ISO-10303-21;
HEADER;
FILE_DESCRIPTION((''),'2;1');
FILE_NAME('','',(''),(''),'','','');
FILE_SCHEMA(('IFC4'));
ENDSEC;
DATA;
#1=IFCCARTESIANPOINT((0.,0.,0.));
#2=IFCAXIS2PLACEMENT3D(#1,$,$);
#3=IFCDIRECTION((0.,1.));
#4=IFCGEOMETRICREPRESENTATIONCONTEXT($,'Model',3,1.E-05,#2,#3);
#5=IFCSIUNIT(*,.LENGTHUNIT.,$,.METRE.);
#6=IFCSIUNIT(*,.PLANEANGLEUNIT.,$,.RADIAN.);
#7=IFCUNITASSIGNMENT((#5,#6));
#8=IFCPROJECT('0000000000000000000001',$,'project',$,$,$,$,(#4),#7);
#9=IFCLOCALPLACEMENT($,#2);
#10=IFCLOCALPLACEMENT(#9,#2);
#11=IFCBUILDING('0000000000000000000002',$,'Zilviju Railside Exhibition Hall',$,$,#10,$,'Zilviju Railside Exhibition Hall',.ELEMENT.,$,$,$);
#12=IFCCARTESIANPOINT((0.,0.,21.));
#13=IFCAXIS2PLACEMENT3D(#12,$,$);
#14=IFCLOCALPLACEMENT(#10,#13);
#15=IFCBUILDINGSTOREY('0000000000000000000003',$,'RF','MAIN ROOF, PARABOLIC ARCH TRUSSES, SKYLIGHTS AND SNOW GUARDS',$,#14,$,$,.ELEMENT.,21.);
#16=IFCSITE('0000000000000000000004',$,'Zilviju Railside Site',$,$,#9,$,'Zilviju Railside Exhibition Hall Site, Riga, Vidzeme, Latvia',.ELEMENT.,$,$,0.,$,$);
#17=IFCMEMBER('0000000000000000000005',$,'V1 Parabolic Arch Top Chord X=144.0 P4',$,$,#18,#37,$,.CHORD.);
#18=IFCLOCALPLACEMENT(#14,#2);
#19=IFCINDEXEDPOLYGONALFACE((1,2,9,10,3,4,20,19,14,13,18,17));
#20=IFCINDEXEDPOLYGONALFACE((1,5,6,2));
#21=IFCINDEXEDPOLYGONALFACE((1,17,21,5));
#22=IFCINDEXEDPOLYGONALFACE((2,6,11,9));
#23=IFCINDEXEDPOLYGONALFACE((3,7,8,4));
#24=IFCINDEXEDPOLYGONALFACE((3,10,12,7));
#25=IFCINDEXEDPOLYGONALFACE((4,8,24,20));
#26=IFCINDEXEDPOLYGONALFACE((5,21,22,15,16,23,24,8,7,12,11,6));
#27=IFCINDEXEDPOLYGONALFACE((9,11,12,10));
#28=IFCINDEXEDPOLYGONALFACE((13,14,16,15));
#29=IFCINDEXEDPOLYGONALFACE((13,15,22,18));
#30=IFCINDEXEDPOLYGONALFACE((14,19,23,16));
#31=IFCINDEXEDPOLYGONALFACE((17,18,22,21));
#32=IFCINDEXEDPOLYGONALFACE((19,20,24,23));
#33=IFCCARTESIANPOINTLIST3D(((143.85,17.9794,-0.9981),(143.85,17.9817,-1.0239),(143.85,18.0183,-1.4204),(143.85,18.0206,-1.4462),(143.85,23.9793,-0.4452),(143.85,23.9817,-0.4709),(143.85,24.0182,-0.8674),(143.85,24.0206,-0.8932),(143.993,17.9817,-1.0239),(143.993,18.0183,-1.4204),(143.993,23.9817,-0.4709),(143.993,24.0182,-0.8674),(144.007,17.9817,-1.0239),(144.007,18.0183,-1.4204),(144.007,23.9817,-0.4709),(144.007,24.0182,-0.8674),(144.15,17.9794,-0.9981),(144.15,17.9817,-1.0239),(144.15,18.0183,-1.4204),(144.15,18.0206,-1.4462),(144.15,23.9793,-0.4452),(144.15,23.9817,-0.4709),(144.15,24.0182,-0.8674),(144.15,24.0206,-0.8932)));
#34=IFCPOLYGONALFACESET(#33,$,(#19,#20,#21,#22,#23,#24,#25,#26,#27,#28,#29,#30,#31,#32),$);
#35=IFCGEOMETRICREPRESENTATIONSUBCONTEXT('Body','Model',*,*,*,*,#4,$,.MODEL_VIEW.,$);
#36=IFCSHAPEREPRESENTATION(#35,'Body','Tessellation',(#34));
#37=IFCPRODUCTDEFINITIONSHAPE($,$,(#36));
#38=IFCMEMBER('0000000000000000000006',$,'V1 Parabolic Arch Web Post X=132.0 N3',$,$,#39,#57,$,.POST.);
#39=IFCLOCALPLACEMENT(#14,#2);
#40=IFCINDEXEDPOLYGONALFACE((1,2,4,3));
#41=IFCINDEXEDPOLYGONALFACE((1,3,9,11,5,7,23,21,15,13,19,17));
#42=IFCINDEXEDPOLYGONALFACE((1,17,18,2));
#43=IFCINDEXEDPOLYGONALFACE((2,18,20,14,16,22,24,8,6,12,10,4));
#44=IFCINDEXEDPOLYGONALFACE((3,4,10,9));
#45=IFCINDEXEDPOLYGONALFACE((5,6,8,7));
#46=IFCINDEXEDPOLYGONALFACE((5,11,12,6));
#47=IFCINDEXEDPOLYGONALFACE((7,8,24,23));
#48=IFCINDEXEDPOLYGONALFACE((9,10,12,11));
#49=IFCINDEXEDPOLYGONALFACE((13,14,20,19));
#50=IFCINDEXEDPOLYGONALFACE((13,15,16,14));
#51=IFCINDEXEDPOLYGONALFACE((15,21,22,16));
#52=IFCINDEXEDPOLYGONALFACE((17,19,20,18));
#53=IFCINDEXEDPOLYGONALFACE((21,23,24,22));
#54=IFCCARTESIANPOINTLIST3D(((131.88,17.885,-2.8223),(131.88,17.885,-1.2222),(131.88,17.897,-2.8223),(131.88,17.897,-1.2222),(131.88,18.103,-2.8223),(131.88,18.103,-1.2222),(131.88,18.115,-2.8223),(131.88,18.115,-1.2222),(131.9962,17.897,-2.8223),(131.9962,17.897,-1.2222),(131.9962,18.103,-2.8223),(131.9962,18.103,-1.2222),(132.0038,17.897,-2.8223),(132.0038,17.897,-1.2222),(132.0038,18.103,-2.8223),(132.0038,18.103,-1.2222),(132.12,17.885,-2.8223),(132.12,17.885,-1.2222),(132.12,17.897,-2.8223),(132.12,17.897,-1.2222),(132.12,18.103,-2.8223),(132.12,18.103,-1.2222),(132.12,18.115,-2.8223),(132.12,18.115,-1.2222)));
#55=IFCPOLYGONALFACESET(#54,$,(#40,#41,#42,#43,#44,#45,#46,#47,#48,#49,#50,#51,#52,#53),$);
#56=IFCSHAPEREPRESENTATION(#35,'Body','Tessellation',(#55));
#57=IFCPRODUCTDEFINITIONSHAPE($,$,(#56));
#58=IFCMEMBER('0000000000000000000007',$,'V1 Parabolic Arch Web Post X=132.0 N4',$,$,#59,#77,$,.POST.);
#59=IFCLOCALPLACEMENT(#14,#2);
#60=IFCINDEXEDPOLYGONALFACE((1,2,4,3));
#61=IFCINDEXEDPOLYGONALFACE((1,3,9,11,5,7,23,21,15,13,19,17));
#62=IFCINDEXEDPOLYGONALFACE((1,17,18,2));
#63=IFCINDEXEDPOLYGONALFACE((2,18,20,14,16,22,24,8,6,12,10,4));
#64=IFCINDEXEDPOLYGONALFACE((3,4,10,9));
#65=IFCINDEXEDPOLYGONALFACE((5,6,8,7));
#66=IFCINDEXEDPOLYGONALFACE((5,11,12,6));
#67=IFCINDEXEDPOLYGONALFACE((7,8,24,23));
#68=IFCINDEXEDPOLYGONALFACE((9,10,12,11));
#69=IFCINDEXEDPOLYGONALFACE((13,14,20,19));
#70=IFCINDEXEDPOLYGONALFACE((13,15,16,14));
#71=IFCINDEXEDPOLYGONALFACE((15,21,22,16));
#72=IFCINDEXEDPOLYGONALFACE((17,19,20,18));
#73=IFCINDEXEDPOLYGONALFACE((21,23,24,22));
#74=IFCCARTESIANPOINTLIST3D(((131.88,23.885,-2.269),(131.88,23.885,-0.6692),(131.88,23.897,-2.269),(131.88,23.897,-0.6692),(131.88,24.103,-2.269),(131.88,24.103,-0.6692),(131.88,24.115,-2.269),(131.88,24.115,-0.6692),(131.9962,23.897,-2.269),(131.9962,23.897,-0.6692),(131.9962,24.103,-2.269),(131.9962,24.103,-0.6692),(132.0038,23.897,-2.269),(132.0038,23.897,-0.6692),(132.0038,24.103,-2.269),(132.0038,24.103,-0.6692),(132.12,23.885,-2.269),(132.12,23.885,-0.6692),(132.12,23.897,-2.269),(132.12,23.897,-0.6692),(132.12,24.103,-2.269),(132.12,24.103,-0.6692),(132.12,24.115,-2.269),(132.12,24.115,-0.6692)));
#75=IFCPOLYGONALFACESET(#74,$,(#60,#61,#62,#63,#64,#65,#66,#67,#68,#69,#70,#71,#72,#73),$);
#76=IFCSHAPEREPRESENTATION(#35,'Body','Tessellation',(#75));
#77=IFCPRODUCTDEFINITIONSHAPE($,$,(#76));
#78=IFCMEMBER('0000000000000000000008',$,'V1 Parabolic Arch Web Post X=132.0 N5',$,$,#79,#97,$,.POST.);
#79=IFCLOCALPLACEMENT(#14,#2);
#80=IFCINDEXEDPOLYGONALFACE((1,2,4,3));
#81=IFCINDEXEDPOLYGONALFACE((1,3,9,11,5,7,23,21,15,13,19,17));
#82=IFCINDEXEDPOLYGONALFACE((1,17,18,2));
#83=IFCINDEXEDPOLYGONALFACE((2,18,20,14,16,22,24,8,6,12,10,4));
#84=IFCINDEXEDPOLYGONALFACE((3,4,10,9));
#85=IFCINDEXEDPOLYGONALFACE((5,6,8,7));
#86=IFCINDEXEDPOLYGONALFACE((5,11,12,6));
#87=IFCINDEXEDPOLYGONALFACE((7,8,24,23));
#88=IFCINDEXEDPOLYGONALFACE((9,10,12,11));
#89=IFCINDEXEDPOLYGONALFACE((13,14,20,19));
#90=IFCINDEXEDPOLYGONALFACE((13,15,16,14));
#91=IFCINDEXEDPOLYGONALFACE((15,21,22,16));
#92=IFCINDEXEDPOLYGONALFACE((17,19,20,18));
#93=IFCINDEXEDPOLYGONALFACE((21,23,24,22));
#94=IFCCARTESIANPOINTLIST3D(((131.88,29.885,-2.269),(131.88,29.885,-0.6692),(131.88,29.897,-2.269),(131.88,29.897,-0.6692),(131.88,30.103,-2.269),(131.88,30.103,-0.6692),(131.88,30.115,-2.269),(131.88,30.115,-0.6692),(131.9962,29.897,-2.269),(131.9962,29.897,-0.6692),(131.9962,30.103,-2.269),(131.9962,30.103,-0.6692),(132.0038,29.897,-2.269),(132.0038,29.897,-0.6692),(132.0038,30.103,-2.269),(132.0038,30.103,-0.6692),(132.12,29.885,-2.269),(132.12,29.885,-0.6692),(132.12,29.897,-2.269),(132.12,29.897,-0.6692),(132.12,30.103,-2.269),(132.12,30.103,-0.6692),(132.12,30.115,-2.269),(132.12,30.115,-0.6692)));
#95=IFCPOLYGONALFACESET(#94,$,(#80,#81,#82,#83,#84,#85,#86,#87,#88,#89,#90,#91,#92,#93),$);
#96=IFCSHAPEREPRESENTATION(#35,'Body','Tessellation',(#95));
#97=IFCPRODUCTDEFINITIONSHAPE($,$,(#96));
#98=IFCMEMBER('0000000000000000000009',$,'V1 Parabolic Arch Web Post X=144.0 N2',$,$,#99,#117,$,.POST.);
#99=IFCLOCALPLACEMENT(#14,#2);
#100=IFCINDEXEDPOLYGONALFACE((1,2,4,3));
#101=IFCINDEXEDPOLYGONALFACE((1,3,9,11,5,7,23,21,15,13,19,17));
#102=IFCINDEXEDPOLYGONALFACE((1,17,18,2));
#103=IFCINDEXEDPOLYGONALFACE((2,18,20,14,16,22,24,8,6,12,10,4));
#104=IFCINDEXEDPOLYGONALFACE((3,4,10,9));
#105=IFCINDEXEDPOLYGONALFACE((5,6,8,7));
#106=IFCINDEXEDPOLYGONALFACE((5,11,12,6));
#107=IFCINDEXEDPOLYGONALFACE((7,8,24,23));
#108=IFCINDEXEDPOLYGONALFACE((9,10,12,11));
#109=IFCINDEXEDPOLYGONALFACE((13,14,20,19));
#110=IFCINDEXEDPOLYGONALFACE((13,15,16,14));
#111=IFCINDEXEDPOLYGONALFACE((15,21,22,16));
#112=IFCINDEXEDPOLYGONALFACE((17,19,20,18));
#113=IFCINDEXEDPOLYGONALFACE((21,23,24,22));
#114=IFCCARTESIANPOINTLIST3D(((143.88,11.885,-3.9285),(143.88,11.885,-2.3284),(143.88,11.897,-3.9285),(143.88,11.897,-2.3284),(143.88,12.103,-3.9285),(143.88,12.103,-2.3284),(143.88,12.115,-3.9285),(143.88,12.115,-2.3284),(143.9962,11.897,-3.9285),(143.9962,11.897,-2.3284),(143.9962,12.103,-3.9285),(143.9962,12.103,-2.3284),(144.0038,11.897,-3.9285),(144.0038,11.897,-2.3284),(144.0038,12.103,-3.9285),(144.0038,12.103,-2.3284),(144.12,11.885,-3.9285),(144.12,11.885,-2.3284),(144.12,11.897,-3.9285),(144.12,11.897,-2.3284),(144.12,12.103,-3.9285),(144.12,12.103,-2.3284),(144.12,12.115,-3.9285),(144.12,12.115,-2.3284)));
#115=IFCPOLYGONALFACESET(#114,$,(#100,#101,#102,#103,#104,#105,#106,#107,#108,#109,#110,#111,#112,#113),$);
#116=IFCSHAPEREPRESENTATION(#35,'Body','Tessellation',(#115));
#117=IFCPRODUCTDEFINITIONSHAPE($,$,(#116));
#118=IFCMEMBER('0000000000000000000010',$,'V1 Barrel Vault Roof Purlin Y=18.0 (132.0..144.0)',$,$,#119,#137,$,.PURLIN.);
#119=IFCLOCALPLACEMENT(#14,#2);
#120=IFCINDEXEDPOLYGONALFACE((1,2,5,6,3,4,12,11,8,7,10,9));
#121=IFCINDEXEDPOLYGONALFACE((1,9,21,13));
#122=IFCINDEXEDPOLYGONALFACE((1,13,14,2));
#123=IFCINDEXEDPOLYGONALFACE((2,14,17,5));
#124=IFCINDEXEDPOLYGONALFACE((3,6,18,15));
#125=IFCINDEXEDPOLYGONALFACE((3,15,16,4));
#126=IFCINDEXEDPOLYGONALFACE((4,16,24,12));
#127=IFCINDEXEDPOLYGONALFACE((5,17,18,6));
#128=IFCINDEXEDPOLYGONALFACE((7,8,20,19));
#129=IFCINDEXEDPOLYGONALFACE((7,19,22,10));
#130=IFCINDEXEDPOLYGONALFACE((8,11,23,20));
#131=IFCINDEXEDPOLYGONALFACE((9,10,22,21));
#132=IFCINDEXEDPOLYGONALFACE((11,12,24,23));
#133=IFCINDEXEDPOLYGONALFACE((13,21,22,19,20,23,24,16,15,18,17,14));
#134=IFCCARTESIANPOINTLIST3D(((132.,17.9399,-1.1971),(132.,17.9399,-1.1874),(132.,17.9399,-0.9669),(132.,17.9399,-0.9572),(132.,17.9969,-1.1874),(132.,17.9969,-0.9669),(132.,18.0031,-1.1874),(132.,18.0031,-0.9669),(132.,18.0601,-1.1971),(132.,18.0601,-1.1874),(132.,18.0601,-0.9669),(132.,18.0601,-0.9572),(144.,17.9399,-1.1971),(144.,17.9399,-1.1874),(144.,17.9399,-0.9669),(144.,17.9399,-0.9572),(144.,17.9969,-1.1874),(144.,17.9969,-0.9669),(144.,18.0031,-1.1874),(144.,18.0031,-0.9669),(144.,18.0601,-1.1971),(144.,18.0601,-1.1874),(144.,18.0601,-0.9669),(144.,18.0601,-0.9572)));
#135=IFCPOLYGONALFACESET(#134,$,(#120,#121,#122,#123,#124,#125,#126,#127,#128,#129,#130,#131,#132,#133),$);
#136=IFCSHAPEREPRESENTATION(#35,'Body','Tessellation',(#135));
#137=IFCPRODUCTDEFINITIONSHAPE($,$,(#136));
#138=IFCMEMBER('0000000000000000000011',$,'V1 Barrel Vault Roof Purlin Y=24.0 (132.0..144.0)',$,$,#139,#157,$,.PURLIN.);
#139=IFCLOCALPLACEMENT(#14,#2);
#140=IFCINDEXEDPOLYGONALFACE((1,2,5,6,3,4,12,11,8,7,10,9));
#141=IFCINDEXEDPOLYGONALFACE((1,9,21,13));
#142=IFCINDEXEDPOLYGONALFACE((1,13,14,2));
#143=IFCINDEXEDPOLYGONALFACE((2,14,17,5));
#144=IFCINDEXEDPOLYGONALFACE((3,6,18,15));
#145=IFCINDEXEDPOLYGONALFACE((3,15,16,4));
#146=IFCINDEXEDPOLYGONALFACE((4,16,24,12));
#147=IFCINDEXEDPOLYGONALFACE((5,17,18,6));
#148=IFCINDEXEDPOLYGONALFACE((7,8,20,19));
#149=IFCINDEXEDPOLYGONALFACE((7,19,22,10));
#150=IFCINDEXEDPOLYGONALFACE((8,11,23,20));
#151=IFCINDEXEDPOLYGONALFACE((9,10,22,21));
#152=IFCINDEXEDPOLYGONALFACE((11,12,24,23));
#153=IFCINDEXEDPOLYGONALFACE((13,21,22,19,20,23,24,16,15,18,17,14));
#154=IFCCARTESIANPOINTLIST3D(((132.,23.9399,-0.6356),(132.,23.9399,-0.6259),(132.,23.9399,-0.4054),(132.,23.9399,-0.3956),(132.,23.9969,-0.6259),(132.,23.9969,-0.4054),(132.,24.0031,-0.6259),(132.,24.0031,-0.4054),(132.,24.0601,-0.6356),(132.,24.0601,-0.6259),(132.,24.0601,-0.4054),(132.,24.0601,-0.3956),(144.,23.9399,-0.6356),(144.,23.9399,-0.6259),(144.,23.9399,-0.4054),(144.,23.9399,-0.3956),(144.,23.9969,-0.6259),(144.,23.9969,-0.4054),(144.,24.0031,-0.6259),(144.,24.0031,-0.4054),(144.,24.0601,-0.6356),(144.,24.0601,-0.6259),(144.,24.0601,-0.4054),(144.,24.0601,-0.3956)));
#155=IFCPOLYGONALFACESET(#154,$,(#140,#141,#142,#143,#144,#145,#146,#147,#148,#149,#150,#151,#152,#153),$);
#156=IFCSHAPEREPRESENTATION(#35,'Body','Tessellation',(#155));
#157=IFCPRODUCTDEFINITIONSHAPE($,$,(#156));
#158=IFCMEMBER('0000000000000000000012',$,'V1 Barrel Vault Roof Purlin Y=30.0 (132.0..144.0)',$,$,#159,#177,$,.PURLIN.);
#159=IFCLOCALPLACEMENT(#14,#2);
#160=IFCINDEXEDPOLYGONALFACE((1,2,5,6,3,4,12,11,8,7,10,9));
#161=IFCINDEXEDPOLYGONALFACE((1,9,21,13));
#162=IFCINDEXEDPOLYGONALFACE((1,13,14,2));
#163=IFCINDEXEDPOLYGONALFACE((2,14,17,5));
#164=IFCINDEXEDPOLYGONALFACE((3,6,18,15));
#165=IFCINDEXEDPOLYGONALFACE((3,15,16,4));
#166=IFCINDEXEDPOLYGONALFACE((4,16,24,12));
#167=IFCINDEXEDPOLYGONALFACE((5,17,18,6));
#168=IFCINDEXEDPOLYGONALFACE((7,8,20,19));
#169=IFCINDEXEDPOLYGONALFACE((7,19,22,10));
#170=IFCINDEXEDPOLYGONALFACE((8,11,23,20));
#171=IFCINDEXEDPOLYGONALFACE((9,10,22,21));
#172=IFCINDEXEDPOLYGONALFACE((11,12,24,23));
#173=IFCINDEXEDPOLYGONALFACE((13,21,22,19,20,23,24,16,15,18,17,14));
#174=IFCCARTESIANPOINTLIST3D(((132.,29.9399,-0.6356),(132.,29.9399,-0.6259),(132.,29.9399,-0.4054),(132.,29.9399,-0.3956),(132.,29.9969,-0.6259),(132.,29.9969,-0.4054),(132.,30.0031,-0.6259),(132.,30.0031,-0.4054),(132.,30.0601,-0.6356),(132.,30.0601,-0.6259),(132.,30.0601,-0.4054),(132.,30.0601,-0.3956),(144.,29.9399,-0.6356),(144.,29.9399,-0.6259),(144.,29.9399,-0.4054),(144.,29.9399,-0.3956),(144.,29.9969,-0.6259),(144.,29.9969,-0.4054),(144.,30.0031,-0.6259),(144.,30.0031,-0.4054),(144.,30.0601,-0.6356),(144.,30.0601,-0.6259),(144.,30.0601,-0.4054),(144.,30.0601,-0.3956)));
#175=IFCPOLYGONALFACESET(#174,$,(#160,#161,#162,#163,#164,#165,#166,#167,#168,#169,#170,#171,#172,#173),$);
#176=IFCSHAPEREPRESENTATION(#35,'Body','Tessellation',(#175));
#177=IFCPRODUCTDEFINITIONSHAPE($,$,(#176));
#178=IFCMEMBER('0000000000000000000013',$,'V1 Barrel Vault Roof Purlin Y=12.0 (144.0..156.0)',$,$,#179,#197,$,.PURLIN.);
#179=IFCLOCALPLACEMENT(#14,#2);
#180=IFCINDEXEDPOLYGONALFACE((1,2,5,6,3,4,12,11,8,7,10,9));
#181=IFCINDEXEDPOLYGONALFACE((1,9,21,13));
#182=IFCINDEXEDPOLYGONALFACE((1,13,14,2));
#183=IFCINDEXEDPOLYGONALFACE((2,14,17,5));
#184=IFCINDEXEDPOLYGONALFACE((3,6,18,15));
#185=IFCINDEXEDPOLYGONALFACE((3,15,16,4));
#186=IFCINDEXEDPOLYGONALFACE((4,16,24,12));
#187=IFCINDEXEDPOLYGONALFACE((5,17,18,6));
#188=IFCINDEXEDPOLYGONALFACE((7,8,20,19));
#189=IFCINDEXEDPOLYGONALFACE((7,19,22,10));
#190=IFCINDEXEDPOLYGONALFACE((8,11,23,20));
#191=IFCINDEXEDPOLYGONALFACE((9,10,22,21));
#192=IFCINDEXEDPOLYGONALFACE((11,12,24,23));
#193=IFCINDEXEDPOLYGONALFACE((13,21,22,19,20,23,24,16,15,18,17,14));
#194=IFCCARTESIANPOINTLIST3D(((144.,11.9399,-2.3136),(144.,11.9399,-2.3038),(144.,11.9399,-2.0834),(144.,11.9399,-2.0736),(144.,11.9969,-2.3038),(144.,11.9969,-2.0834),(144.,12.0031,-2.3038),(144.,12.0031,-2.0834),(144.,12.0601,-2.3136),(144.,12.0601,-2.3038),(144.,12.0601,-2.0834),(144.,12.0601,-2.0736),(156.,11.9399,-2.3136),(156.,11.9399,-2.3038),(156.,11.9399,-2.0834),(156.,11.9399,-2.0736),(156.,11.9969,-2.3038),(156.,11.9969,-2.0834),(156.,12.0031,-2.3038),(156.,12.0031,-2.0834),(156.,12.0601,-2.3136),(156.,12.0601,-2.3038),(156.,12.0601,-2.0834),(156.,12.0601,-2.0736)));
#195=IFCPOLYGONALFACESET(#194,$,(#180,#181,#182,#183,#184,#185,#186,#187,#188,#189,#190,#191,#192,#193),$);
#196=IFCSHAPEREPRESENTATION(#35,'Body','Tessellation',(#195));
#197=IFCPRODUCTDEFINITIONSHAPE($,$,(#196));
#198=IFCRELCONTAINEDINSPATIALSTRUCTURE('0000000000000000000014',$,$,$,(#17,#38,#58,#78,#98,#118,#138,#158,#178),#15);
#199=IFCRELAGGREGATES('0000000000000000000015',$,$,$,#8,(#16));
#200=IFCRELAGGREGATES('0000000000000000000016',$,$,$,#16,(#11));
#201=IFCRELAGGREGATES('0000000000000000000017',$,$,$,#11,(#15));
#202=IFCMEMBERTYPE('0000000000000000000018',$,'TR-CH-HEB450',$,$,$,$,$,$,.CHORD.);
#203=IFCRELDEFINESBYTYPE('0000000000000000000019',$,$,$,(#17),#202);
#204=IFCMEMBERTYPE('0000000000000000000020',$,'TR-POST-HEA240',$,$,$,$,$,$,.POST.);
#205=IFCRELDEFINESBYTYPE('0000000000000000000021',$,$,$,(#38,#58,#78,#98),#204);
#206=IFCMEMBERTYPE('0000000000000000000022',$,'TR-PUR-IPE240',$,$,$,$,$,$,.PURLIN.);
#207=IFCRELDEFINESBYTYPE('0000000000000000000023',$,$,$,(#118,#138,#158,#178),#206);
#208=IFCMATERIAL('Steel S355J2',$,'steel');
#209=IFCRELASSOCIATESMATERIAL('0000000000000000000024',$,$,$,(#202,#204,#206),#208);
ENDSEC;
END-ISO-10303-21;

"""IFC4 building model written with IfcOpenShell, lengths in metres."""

from ifc_helpers import new_model, si_unit, direction, frame, origin, origin_2d, place, context, subcontext, project, spatial, i_section, extrude, material, material_profile, profile_set, type_object, element, save


model = new_model("IFC4")

# Units and contexts
model_context = context("Model", 3, precision=1e-05, world=origin(), true_north=direction((0.0, 1.0)))
body_context = subcontext(model_context, "Body", "Model", "MODEL_VIEW")
ifc_project = project(units=[si_unit("LENGTHUNIT", "METRE"), si_unit("PLANEANGLEUNIT", "RADIAN")], contexts=[model_context])

# Site, building, storey
site_placement = place(None, origin())
site = spatial("IfcSite", under=ifc_project, at=site_placement, Name="Zilviju Railside Site", LongName="Zilviju Railside Exhibition Hall Site, Riga, Vidzeme, Latvia", CompositionType="ELEMENT", RefElevation=0.0)
building_placement = place(site_placement, origin())
building = spatial("IfcBuilding", under=site, at=building_placement, Name="Zilviju Railside Exhibition Hall", LongName="Zilviju Railside Exhibition Hall", CompositionType="ELEMENT")
storey_placement = place(building_placement, frame((0.0, 0.0, 21.0)))
storey = spatial("IfcBuildingStorey", under=building, at=storey_placement, Name="RF", Description="MAIN ROOF, PARABOLIC ARCH TRUSSES, SKYLIGHTS AND SNOW GUARDS", CompositionType="ELEMENT", Elevation=21.0)

# Members
ifc_material_1 = material(Name="Steel S355J2", Category="steel")
ifc_material_profile_1 = material_profile(ifc_material_1, i_section(OverallWidth=0.3, OverallDepth=0.45, WebThickness=0.0139, FlangeThickness=0.0259, at=origin_2d()), Name="HEB 450")
ifc_profile_set_1 = profile_set([ifc_material_profile_1], Name="Steel S355J2")
member_type_1 = type_object("IfcMemberType", Name="TR-CH-HEB450", PredefinedType="CHORD", material=ifc_profile_set_1)
member_1_placement = place(storey_placement, frame((144.0, 18.0, -1.2222), z_axis=(0.0, 0.99578, 0.091774), x_axis=(-1.0, 0.0, 0.0)))
element("IfcMember", 1, at=member_1_placement, inside=storey, type_object=member_type_1, Name="V1 Parabolic Arch Top Chord X=144.0 P4", PredefinedType="CHORD", context=body_context, shape_type="SweptSolid", body=[
    extrude(i_section(OverallWidth=0.3, OverallDepth=0.45, WebThickness=0.0139, FlangeThickness=0.0259, at=origin_2d()), origin(), (0.0, 0.0, 1.0), 6.0254),
])
ifc_material_profile_2 = material_profile(ifc_material_1, i_section(OverallWidth=0.24, OverallDepth=0.23, WebThickness=0.0076, FlangeThickness=0.012, at=origin_2d()), Name="HEA 240")
ifc_profile_set_2 = profile_set([ifc_material_profile_2], Name="Steel S355J2")
member_type_2 = type_object("IfcMemberType", Name="TR-POST-HEA240", PredefinedType="POST", material=ifc_profile_set_2)
member_2_placement = place(storey_placement, frame((132.0, 18.0, -2.8223), z_axis=(0.0, 0.0, 1.0), x_axis=(1.0, 0.0, 0.0)))
element("IfcMember", 2, at=member_2_placement, inside=storey, type_object=member_type_2, Name="V1 Parabolic Arch Web Post X=132.0 N3", PredefinedType="POST", context=body_context, shape_type="SweptSolid", body=[
    extrude(i_section(OverallWidth=0.24, OverallDepth=0.23, WebThickness=0.0076, FlangeThickness=0.012, at=origin_2d()), origin(), (0.0, 0.0, 1.0), 1.6001),
])
for number, where, z_axis, x_axis, name in (
    (3, (132.0, 24.0, -2.269), (0.0, 0.0, 1.0), (1.0, 0.0, 0.0), "V1 Parabolic Arch Web Post X=132.0 N4"),
    (4, (132.0, 30.0, -2.269), (0.0, 0.0, 1.0), (1.0, 0.0, 0.0), "V1 Parabolic Arch Web Post X=132.0 N5"),
):
    element("IfcMember", number, at=place(storey_placement, frame(where, z_axis=z_axis, x_axis=x_axis)), inside=storey, type_object=member_type_2, Name=name, PredefinedType="POST", context=body_context, shape_type="SweptSolid", body=[
        extrude(i_section(OverallWidth=0.24, OverallDepth=0.23, WebThickness=0.0076, FlangeThickness=0.012, at=origin_2d()), origin(), (0.0, 0.0, 1.0), 1.5999),
    ])
member_3_placement = place(storey_placement, frame((144.0, 12.0, -3.9285), z_axis=(0.0, 0.0, 1.0), x_axis=(1.0, 0.0, 0.0)))
element("IfcMember", 5, at=member_3_placement, inside=storey, type_object=member_type_2, Name="V1 Parabolic Arch Web Post X=144.0 N2", PredefinedType="POST", context=body_context, shape_type="SweptSolid", body=[
    extrude(i_section(OverallWidth=0.24, OverallDepth=0.23, WebThickness=0.0076, FlangeThickness=0.012, at=origin_2d()), origin(), (0.0, 0.0, 1.0), 1.6001),
])
ifc_material_profile_3 = material_profile(ifc_material_1, i_section(OverallWidth=0.1201, OverallDepth=0.24, WebThickness=0.0061, FlangeThickness=0.0098, at=origin_2d()), Name="IPE 240")
ifc_profile_set_3 = profile_set([ifc_material_profile_3], Name="Steel S355J2")
member_type_3 = type_object("IfcMemberType", Name="TR-PUR-IPE240", PredefinedType="PURLIN", material=ifc_profile_set_3)
for number, where, z_axis, x_axis, name in (
    (6, (132.0, 18.0, -1.0771), (1.0, 0.0, 0.0), (0.0, 1.0, 0.0), "V1 Barrel Vault Roof Purlin Y=18.0 (132.0..144.0)"),
    (7, (132.0, 24.0, -0.5156), (1.0, 0.0, 0.0), (0.0, 1.0, 0.0), "V1 Barrel Vault Roof Purlin Y=24.0 (132.0..144.0)"),
    (8, (132.0, 30.0, -0.5156), (1.0, 0.0, 0.0), (0.0, 1.0, 0.0), "V1 Barrel Vault Roof Purlin Y=30.0 (132.0..144.0)"),
    (9, (144.0, 12.0, -2.1936), (1.0, 0.0, 0.0), (0.0, 1.0, 0.0), "V1 Barrel Vault Roof Purlin Y=12.0 (144.0..156.0)"),
):
    element("IfcMember", number, at=place(storey_placement, frame(where, z_axis=z_axis, x_axis=x_axis)), inside=storey, type_object=member_type_3, Name=name, PredefinedType="PURLIN", context=body_context, shape_type="SweptSolid", body=[
        extrude(i_section(OverallWidth=0.1201, OverallDepth=0.24, WebThickness=0.0061, FlangeThickness=0.0098, at=origin_2d()), origin(), (0.0, 0.0, 1.0), 12.0),
    ])

save(model, "model.ifc")
